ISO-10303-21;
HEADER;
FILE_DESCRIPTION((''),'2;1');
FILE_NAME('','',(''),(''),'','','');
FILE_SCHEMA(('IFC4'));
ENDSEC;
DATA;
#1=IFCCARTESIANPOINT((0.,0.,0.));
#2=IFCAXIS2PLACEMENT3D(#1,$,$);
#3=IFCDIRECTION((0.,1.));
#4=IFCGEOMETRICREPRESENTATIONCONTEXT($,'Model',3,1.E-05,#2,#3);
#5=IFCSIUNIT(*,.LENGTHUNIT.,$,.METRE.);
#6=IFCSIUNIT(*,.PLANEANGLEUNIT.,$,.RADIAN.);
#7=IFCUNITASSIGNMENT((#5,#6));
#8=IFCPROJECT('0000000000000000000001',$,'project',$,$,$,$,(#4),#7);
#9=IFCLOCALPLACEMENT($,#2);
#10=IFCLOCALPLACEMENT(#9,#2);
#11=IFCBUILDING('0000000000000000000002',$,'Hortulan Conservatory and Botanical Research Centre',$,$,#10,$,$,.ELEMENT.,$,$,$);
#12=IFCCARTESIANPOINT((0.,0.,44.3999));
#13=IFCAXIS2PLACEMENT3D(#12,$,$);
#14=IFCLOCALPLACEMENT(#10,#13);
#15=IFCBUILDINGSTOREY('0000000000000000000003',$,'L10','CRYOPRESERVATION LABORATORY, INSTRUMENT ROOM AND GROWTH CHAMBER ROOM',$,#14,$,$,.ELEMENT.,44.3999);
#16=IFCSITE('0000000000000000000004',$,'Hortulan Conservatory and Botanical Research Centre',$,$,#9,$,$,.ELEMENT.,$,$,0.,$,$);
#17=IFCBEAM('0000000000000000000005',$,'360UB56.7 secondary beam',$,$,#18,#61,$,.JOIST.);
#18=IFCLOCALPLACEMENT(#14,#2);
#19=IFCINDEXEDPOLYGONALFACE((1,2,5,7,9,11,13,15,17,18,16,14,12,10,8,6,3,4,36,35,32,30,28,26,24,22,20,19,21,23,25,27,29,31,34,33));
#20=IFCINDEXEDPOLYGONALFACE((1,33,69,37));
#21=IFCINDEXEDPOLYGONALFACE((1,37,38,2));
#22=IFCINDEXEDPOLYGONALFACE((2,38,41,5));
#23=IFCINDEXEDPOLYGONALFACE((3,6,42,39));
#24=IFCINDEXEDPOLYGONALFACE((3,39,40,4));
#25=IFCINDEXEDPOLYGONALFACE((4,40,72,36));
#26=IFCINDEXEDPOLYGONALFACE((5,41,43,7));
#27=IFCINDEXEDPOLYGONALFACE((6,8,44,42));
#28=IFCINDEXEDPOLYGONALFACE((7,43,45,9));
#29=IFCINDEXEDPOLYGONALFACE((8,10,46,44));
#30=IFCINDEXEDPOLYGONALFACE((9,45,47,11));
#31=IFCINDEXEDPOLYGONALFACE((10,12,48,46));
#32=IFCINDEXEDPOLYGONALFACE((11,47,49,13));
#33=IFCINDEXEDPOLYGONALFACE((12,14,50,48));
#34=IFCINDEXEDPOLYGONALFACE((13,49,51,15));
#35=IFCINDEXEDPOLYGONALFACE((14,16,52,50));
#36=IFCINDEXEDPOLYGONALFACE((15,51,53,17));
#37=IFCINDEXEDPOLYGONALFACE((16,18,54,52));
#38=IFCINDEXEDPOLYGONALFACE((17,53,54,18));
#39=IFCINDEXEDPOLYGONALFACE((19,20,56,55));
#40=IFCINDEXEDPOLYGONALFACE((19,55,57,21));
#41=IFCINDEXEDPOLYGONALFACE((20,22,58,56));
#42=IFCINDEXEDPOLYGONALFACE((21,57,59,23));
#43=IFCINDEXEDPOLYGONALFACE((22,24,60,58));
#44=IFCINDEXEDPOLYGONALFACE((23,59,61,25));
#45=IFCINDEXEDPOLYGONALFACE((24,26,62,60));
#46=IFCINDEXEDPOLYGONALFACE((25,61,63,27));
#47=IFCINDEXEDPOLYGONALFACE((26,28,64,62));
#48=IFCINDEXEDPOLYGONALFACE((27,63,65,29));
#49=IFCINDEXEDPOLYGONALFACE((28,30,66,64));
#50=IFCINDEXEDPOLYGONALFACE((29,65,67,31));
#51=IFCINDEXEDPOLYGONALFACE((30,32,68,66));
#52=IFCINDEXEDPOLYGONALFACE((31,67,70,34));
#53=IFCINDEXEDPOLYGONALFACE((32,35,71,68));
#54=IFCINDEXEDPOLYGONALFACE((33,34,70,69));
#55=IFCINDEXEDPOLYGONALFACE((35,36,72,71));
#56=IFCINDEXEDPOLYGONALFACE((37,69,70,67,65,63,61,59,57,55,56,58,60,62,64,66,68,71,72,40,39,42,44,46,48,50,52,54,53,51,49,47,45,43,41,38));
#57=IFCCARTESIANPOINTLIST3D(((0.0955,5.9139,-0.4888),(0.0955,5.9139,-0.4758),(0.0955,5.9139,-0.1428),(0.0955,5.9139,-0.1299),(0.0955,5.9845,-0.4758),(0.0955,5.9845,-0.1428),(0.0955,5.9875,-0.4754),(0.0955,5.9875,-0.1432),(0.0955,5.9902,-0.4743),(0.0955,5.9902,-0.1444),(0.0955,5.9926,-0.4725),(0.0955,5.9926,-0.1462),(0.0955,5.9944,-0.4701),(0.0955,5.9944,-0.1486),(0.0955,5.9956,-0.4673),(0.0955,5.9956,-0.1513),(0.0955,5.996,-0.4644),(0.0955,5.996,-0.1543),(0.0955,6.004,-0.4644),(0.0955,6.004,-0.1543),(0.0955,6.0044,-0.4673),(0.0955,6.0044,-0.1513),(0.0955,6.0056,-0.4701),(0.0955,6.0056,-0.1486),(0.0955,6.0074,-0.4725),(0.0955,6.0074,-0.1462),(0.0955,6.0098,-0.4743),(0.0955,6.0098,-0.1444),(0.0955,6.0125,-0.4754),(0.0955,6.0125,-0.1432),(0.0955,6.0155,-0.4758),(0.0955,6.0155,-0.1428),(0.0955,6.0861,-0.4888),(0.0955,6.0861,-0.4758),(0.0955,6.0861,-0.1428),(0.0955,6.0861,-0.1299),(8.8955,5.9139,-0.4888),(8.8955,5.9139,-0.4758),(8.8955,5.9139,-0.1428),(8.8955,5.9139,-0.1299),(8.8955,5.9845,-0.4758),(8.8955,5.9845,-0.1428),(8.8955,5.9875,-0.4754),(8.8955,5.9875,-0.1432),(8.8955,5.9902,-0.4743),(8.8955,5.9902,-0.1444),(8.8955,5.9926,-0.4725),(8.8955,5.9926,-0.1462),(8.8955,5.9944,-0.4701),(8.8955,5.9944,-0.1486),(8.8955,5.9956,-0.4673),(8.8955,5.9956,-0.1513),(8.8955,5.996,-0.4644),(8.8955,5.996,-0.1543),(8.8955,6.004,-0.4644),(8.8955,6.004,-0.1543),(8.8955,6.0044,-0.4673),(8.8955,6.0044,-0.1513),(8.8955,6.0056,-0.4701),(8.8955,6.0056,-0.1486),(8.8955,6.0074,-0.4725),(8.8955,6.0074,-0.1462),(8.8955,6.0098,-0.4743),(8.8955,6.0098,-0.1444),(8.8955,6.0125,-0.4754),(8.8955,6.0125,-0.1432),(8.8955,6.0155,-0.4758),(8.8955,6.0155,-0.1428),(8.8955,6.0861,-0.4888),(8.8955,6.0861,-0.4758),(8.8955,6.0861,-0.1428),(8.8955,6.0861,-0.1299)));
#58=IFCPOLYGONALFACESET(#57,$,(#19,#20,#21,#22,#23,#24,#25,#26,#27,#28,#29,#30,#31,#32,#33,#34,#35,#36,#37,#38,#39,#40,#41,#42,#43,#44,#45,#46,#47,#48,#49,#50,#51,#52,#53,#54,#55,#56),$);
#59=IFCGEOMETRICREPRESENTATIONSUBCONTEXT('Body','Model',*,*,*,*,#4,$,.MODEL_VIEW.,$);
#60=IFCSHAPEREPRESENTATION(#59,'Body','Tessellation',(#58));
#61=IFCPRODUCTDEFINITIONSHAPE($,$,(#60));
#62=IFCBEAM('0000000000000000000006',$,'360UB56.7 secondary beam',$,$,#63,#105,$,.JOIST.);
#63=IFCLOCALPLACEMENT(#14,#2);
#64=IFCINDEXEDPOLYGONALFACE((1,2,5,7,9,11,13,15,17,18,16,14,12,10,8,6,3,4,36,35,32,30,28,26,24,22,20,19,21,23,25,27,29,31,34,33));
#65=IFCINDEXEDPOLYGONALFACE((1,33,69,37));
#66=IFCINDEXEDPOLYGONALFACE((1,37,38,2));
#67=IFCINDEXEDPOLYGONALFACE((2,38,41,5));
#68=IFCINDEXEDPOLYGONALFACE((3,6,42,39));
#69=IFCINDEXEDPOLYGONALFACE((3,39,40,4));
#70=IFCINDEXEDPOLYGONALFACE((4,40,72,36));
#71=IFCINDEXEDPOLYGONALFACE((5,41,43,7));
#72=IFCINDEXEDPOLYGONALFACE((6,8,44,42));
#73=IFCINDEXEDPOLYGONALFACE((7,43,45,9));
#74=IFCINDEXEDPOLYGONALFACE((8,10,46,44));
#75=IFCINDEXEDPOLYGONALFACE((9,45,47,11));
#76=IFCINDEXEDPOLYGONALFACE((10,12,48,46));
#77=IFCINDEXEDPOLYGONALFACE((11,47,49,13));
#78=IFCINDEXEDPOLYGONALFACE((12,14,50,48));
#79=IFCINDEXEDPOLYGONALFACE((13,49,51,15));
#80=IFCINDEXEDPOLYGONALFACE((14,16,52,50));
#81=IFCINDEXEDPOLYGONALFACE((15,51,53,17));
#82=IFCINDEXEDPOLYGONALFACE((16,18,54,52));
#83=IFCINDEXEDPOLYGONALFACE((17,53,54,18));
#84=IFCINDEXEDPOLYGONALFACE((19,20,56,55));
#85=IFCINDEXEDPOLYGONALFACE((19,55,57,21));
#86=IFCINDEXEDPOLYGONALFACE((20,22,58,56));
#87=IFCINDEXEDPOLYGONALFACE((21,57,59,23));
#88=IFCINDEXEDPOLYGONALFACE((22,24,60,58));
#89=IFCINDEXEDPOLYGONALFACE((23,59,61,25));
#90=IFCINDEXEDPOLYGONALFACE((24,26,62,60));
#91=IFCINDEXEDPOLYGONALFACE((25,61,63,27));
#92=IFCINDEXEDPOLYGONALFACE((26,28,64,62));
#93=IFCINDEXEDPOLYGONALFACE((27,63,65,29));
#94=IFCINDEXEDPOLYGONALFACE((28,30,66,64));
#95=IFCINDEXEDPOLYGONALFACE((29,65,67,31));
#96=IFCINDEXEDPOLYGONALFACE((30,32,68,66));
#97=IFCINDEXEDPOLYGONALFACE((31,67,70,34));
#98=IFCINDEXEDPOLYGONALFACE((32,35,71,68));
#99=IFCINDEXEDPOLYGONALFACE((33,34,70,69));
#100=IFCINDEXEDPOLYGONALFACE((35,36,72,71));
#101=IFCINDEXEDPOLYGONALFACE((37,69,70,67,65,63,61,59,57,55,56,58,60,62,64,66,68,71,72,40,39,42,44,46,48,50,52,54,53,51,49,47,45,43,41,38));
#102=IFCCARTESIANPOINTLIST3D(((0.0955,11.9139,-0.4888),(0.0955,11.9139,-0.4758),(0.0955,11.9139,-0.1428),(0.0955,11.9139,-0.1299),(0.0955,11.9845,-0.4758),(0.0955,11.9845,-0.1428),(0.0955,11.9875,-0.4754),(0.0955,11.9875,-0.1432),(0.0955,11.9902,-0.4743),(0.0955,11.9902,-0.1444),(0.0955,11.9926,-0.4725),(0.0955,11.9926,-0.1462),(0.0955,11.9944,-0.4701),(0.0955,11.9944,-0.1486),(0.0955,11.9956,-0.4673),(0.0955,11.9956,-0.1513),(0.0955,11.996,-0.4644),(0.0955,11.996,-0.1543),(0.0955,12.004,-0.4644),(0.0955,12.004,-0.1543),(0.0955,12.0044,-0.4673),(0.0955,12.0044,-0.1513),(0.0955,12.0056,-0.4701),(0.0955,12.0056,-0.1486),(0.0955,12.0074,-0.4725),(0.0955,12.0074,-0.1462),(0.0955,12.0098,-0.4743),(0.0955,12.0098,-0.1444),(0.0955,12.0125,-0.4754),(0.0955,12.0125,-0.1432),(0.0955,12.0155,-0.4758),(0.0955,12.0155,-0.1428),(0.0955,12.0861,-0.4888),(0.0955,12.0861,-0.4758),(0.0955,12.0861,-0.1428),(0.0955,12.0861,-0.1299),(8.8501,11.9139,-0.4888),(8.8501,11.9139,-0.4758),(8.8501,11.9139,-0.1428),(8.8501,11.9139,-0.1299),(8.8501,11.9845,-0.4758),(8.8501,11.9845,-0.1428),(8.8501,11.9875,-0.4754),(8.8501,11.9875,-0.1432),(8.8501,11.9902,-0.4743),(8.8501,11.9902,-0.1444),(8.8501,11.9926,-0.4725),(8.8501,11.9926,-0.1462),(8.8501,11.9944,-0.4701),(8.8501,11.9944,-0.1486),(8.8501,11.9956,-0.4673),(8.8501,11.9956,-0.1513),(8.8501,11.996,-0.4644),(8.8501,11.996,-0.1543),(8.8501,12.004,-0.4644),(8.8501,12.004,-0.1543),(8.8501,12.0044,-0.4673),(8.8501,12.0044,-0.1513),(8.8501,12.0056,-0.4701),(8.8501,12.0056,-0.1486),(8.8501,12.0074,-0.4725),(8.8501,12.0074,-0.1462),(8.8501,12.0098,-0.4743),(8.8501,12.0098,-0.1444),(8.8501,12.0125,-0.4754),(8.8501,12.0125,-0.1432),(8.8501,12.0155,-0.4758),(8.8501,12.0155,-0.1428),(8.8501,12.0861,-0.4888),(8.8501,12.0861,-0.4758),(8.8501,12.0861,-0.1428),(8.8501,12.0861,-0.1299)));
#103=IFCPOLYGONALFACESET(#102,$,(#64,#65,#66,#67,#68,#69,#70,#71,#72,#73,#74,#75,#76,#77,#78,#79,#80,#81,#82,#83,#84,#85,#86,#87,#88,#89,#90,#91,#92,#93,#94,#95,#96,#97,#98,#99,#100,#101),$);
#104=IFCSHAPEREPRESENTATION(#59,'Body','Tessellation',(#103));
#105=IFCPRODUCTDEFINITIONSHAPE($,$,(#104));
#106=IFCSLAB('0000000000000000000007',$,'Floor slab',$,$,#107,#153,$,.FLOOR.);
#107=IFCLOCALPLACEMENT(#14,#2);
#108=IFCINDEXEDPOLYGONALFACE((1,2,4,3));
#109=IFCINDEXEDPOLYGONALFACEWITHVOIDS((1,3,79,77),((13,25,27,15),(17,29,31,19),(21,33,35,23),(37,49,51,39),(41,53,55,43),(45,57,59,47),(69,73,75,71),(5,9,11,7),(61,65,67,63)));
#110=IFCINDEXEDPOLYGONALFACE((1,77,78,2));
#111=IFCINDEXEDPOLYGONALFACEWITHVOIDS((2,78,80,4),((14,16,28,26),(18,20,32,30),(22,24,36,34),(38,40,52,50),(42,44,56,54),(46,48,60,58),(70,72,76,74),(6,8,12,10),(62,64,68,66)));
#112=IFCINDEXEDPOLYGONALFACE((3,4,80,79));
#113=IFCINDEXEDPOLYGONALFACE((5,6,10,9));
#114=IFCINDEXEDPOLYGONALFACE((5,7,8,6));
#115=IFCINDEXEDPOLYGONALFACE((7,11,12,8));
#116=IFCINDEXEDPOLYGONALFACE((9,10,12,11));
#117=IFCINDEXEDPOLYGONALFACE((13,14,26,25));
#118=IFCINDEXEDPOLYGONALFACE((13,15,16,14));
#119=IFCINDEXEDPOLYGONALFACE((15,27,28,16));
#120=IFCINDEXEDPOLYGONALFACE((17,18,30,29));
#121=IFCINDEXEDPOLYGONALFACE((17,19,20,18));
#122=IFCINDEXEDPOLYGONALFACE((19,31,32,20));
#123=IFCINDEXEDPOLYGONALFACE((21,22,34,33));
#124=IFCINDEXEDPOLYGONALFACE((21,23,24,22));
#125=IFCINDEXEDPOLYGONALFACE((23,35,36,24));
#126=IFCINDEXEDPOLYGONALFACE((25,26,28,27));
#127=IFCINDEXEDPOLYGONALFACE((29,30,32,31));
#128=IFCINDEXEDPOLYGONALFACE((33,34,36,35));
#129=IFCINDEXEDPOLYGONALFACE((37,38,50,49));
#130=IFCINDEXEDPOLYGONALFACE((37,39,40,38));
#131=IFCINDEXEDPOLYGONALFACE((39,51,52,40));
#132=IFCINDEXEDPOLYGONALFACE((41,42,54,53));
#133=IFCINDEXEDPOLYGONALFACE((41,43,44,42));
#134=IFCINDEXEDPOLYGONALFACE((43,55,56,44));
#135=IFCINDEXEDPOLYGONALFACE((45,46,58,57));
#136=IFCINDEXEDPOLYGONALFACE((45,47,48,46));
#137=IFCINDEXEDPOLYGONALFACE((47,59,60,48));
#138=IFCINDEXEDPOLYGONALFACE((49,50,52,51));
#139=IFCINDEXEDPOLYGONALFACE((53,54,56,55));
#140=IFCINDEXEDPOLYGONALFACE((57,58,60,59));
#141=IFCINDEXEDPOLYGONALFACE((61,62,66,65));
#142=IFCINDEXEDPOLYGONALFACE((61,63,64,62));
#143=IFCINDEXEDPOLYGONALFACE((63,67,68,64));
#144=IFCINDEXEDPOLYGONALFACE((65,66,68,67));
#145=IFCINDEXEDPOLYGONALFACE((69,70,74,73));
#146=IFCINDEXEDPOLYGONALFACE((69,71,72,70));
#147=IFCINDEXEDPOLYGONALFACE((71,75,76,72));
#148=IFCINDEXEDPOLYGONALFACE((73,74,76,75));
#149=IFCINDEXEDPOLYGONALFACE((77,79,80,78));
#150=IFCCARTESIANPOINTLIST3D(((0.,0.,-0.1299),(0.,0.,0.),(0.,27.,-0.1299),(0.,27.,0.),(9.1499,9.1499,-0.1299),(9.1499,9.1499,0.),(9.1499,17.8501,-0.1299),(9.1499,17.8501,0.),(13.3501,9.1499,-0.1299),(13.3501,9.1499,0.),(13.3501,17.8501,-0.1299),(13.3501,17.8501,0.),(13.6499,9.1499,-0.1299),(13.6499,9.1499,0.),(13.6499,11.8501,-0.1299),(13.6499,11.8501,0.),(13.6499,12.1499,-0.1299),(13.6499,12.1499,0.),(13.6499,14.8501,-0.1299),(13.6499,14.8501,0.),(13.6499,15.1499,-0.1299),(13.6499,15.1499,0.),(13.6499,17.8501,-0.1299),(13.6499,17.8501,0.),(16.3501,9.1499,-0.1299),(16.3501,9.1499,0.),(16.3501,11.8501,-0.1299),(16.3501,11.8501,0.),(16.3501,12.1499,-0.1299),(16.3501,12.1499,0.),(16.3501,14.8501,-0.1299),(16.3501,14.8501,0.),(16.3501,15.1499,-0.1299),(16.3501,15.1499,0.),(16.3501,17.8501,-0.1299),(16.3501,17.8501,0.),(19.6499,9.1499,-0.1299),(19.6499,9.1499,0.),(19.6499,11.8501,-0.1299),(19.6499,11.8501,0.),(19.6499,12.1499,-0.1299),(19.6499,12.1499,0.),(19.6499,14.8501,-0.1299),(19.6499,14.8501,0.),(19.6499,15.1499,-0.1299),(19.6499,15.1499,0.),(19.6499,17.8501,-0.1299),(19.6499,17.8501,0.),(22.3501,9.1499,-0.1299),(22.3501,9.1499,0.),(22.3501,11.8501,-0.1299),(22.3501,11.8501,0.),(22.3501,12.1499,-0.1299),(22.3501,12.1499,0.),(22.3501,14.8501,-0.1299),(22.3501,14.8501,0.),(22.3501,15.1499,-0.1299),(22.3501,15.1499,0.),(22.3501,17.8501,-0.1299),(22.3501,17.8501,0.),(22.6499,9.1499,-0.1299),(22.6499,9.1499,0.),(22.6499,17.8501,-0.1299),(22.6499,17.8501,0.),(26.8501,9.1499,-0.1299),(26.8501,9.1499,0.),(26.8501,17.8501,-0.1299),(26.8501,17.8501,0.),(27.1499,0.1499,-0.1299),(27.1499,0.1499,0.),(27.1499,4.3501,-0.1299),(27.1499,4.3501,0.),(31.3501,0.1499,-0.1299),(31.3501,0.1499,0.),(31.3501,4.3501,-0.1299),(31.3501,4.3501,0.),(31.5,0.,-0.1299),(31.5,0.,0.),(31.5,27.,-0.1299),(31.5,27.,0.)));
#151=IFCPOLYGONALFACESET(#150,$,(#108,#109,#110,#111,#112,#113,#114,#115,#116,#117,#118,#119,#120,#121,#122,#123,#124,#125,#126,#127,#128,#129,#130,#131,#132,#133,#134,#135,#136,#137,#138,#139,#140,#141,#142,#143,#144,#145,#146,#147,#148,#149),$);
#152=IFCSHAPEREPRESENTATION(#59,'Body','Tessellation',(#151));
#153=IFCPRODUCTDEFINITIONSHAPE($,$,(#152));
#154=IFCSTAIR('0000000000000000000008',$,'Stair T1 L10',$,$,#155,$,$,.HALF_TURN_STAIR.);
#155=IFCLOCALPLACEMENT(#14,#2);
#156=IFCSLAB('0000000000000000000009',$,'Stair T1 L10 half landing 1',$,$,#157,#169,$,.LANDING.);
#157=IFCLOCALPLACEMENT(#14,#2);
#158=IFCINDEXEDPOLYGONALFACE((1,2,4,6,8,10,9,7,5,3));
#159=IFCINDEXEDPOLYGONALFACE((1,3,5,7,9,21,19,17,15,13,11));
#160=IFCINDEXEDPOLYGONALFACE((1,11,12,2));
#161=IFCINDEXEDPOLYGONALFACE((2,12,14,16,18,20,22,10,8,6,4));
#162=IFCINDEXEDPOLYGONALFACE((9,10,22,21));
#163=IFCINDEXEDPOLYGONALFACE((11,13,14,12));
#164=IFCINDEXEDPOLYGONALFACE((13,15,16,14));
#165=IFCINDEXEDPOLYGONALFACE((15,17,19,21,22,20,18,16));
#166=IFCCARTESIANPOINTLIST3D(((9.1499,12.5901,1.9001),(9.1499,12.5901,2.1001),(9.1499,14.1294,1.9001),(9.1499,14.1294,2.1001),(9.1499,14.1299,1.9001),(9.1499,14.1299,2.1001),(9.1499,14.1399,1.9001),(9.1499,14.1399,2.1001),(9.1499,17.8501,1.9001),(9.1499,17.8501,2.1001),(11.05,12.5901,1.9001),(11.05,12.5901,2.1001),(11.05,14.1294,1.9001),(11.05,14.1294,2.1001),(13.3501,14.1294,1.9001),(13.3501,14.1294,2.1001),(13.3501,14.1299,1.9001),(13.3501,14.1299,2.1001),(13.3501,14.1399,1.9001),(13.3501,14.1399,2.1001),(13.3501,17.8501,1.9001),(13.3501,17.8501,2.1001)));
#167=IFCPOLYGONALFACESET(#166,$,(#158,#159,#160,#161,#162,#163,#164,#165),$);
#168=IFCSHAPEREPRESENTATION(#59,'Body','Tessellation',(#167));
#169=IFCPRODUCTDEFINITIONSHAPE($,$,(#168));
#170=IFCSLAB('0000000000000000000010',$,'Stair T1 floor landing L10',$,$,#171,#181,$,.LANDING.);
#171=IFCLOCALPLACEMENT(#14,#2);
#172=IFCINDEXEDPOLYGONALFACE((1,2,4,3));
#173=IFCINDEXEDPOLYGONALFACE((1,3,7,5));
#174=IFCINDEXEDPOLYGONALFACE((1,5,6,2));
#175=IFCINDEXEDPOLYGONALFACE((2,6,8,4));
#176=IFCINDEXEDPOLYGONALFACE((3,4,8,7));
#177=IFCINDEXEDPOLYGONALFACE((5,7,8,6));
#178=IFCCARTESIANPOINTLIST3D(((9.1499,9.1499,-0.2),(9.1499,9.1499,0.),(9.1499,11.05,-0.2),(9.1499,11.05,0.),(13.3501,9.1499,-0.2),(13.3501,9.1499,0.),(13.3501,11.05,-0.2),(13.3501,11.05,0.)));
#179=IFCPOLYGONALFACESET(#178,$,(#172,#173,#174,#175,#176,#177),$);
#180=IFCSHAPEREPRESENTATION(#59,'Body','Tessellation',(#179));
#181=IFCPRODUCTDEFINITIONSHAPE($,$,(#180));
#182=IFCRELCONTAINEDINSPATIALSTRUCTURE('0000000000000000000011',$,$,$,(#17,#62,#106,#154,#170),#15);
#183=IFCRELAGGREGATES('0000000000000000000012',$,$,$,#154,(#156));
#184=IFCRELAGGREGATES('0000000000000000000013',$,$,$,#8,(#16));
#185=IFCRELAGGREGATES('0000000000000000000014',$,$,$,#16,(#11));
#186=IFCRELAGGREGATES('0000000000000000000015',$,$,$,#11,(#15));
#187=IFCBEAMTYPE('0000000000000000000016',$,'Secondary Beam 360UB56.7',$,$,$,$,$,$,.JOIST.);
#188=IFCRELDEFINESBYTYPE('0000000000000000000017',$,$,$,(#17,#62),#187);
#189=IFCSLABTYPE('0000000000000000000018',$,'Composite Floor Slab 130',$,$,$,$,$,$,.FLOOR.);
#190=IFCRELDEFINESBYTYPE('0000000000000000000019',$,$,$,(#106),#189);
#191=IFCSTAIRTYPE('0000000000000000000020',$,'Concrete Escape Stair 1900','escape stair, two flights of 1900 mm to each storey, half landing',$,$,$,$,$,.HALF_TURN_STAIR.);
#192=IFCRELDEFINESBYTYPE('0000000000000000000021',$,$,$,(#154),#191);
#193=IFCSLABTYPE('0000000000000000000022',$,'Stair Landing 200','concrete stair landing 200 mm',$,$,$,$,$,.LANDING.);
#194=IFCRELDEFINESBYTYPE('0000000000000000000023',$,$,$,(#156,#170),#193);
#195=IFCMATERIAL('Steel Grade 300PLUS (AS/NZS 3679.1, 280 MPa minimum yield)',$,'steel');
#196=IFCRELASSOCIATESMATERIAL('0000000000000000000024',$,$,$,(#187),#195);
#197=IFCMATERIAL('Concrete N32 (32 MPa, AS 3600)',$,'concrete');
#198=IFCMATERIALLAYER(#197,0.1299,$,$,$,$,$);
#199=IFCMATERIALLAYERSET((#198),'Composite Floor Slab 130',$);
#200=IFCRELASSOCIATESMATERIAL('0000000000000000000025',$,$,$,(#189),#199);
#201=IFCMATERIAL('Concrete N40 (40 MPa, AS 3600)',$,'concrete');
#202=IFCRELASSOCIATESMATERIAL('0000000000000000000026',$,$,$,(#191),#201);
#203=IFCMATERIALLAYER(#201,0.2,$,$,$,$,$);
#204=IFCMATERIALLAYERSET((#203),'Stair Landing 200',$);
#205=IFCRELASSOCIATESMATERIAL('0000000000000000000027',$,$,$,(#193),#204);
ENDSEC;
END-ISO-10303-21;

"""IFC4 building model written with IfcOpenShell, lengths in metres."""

from ifc_helpers import new_model, si_unit, direction, frame, origin, origin_2d, place, context, subcontext, project, spatial, polyline, i_section, outline, extrude, material, layer, layer_set, material_profile, profile_set, type_object, element, aggregate, save


model = new_model("IFC4")

# Units and contexts
model_context = context("Model", 3, precision=1e-05, world=origin(), true_north=direction((0.0, 1.0)))
body_context = subcontext(model_context, "Body", "Model", "MODEL_VIEW")
ifc_project = project(units=[si_unit("LENGTHUNIT", "METRE"), si_unit("PLANEANGLEUNIT", "RADIAN")], contexts=[model_context])

# Site, building, storey
site_placement = place(None, origin())
site = spatial("IfcSite", under=ifc_project, at=site_placement, Name="Hortulan Conservatory and Botanical Research Centre", CompositionType="ELEMENT", RefElevation=0.0)
building_placement = place(site_placement, origin())
building = spatial("IfcBuilding", under=site, at=building_placement, Name="Hortulan Conservatory and Botanical Research Centre", CompositionType="ELEMENT")
storey_placement = place(building_placement, frame((0.0, 0.0, 44.3999)))
storey = spatial("IfcBuildingStorey", under=building, at=storey_placement, Name="L10", Description="CRYOPRESERVATION LABORATORY, INSTRUMENT ROOM AND GROWTH CHAMBER ROOM", CompositionType="ELEMENT", Elevation=44.3999)

# Shared definitions
ifc_material_1 = material(Name="Steel Grade 300PLUS (AS/NZS 3679.1, 280 MPa minimum yield)", Category="steel")

# Beams
ifc_material_profile_1 = material_profile(ifc_material_1, i_section(OverallWidth=0.1721, OverallDepth=0.3589, WebThickness=0.0081, FlangeThickness=0.0129, FilletRadius=0.0115, at=origin_2d()), Name="360UB56.7")
ifc_profile_set_1 = profile_set([ifc_material_profile_1], Name="Steel Grade 300PLUS (AS/NZS 3679.1, 280 MPa minimum yield)")
beam_type_1 = type_object("IfcBeamType", Name="Secondary Beam 360UB56.7", PredefinedType="JOIST", material=ifc_profile_set_1)
for number, where, z_axis, x_axis, name in (
    (1, (0.0955, 6.0, -0.3093), (1.0, 0.0, 0.0), (0.0, 1.0, 0.0), "360UB56.7 secondary beam"),
):
    element("IfcBeam", number, at=place(storey_placement, frame(where, z_axis=z_axis, x_axis=x_axis)), inside=storey, type_object=beam_type_1, Name=name, PredefinedType="JOIST", context=body_context, shape_type="SweptSolid", body=[
        extrude(i_section(OverallWidth=0.1721, OverallDepth=0.3589, WebThickness=0.0081, FlangeThickness=0.0129, FilletRadius=0.0115, at=origin_2d()), origin(), (0.0, 0.0, 1.0), 8.8),
    ])
beam_1_placement = place(storey_placement, frame((0.0955, 12.0, -0.3093), z_axis=(1.0, 0.0, 0.0), x_axis=(0.0, 1.0, 0.0)))
element("IfcBeam", 2, at=beam_1_placement, inside=storey, type_object=beam_type_1, Name="360UB56.7 secondary beam", PredefinedType="JOIST", context=body_context, shape_type="SweptSolid", body=[
    extrude(i_section(OverallWidth=0.1721, OverallDepth=0.3589, WebThickness=0.0081, FlangeThickness=0.0129, FilletRadius=0.0115, at=origin_2d()), origin(), (0.0, 0.0, 1.0), 8.7546),
])

# Slab
ifc_material_2 = material(Name="Concrete N32 (32 MPa, AS 3600)", Category="concrete")
ifc_layer_1 = layer(ifc_material_2, 0.1299)
ifc_layer_set_1 = layer_set([ifc_layer_1], Name="Composite Floor Slab 130")
slab_type_1 = type_object("IfcSlabType", Name="Composite Floor Slab 130", PredefinedType="FLOOR", material=ifc_layer_set_1)
slab_1_placement = place(storey_placement, frame((0.0, 0.0, -0.1299)))
element("IfcSlab", 3, at=slab_1_placement, inside=storey, type_object=slab_type_1, Name="Floor slab", PredefinedType="FLOOR", context=body_context, shape_type="SweptSolid", body=[
    extrude(outline(polyline([(0.0, 0.0), (31.5, 0.0), (31.5, 27.0), (0.0, 27.0), (0.0, 0.0)]), holes=[polyline([(27.1499, 4.3501), (27.1499, 0.1499), (31.3501, 0.1499), (31.3501, 4.3501), (27.1499, 4.3501)]), polyline([(13.6499, 11.8501), (13.6499, 9.1499), (16.3501, 9.1499), (16.3501, 11.8501), (13.6499, 11.8501)]), polyline([(19.6499, 11.8501), (19.6499, 9.1499), (22.3501, 9.1499), (22.3501, 11.8501), (19.6499, 11.8501)]), polyline([(9.1499, 17.8501), (9.1499, 9.1499), (13.3501, 9.1499), (13.3501, 17.8501), (9.1499, 17.8501)]), polyline([(13.6499, 14.8501), (13.6499, 12.1499), (16.3501, 12.1499), (16.3501, 14.8501), (13.6499, 14.8501)]), polyline([(19.6499, 14.8501), (19.6499, 12.1499), (22.3501, 12.1499), (22.3501, 14.8501), (19.6499, 14.8501)]), polyline([(22.6499, 17.8501), (22.6499, 9.1499), (26.8501, 9.1499), (26.8501, 17.8501), (22.6499, 17.8501)]), polyline([(16.3501, 17.8501), (13.6499, 17.8501), (13.6499, 15.1499), (16.3501, 15.1499), (16.3501, 17.8501)]), polyline([(22.3501, 17.8501), (19.6499, 17.8501), (19.6499, 15.1499), (22.3501, 15.1499), (22.3501, 17.8501)])]), origin(), (0.0, 0.0, 1.0), 0.1299),
])

# Stair, slab
ifc_material_3 = material(Name="Concrete N40 (40 MPa, AS 3600)", Category="concrete")
stair_type_1 = type_object("IfcStairType", Name="Concrete Escape Stair 1900", Description="escape stair, two flights of 1900 mm to each storey, half landing", PredefinedType="HALF_TURN_STAIR", material=ifc_material_3)
stair_1_placement = place(storey_placement, origin())
stair_1 = element("IfcStair", 4, at=stair_1_placement, inside=storey, type_object=stair_type_1, Name="Stair T1 L10", PredefinedType="HALF_TURN_STAIR")
ifc_layer_2 = layer(ifc_material_3, 0.2)
ifc_layer_set_2 = layer_set([ifc_layer_2], Name="Stair Landing 200")
slab_type_2 = type_object("IfcSlabType", Name="Stair Landing 200", Description="concrete stair landing 200 mm", PredefinedType="LANDING", material=ifc_layer_set_2)
slab_2_placement = place(storey_placement, frame((0.0, 0.0, 1.9001)))
slab_2 = element("IfcSlab", 5, at=slab_2_placement, type_object=slab_type_2, Name="Stair T1 L10 half landing 1", PredefinedType="LANDING", context=body_context, shape_type="SweptSolid", body=[
    extrude(outline(polyline([(13.3501, 14.1294), (11.05, 14.1294), (11.05, 12.5901), (9.1499, 12.5901), (9.1499, 14.1294), (9.1499, 14.1299), (9.1499, 14.1399), (9.1499, 17.8501), (13.3501, 17.8501), (13.3501, 14.1399), (13.3501, 14.1299), (13.3501, 14.1294)])), origin(), (0.0, 0.0, 1.0), 0.2),
])
aggregate(stair_1, [slab_2])

# Slab
slab_3_placement = place(storey_placement, frame((0.0, 0.0, -0.2)))
element("IfcSlab", 6, at=slab_3_placement, inside=storey, type_object=slab_type_2, Name="Stair T1 floor landing L10", PredefinedType="LANDING", context=body_context, shape_type="SweptSolid", body=[
    extrude(outline(polyline([(13.3501, 9.1499), (9.1499, 9.1499), (9.1499, 11.05), (13.3501, 11.05), (13.3501, 9.1499)])), origin(), (0.0, 0.0, 1.0), 0.2),
])

save(model, "model.ifc")
